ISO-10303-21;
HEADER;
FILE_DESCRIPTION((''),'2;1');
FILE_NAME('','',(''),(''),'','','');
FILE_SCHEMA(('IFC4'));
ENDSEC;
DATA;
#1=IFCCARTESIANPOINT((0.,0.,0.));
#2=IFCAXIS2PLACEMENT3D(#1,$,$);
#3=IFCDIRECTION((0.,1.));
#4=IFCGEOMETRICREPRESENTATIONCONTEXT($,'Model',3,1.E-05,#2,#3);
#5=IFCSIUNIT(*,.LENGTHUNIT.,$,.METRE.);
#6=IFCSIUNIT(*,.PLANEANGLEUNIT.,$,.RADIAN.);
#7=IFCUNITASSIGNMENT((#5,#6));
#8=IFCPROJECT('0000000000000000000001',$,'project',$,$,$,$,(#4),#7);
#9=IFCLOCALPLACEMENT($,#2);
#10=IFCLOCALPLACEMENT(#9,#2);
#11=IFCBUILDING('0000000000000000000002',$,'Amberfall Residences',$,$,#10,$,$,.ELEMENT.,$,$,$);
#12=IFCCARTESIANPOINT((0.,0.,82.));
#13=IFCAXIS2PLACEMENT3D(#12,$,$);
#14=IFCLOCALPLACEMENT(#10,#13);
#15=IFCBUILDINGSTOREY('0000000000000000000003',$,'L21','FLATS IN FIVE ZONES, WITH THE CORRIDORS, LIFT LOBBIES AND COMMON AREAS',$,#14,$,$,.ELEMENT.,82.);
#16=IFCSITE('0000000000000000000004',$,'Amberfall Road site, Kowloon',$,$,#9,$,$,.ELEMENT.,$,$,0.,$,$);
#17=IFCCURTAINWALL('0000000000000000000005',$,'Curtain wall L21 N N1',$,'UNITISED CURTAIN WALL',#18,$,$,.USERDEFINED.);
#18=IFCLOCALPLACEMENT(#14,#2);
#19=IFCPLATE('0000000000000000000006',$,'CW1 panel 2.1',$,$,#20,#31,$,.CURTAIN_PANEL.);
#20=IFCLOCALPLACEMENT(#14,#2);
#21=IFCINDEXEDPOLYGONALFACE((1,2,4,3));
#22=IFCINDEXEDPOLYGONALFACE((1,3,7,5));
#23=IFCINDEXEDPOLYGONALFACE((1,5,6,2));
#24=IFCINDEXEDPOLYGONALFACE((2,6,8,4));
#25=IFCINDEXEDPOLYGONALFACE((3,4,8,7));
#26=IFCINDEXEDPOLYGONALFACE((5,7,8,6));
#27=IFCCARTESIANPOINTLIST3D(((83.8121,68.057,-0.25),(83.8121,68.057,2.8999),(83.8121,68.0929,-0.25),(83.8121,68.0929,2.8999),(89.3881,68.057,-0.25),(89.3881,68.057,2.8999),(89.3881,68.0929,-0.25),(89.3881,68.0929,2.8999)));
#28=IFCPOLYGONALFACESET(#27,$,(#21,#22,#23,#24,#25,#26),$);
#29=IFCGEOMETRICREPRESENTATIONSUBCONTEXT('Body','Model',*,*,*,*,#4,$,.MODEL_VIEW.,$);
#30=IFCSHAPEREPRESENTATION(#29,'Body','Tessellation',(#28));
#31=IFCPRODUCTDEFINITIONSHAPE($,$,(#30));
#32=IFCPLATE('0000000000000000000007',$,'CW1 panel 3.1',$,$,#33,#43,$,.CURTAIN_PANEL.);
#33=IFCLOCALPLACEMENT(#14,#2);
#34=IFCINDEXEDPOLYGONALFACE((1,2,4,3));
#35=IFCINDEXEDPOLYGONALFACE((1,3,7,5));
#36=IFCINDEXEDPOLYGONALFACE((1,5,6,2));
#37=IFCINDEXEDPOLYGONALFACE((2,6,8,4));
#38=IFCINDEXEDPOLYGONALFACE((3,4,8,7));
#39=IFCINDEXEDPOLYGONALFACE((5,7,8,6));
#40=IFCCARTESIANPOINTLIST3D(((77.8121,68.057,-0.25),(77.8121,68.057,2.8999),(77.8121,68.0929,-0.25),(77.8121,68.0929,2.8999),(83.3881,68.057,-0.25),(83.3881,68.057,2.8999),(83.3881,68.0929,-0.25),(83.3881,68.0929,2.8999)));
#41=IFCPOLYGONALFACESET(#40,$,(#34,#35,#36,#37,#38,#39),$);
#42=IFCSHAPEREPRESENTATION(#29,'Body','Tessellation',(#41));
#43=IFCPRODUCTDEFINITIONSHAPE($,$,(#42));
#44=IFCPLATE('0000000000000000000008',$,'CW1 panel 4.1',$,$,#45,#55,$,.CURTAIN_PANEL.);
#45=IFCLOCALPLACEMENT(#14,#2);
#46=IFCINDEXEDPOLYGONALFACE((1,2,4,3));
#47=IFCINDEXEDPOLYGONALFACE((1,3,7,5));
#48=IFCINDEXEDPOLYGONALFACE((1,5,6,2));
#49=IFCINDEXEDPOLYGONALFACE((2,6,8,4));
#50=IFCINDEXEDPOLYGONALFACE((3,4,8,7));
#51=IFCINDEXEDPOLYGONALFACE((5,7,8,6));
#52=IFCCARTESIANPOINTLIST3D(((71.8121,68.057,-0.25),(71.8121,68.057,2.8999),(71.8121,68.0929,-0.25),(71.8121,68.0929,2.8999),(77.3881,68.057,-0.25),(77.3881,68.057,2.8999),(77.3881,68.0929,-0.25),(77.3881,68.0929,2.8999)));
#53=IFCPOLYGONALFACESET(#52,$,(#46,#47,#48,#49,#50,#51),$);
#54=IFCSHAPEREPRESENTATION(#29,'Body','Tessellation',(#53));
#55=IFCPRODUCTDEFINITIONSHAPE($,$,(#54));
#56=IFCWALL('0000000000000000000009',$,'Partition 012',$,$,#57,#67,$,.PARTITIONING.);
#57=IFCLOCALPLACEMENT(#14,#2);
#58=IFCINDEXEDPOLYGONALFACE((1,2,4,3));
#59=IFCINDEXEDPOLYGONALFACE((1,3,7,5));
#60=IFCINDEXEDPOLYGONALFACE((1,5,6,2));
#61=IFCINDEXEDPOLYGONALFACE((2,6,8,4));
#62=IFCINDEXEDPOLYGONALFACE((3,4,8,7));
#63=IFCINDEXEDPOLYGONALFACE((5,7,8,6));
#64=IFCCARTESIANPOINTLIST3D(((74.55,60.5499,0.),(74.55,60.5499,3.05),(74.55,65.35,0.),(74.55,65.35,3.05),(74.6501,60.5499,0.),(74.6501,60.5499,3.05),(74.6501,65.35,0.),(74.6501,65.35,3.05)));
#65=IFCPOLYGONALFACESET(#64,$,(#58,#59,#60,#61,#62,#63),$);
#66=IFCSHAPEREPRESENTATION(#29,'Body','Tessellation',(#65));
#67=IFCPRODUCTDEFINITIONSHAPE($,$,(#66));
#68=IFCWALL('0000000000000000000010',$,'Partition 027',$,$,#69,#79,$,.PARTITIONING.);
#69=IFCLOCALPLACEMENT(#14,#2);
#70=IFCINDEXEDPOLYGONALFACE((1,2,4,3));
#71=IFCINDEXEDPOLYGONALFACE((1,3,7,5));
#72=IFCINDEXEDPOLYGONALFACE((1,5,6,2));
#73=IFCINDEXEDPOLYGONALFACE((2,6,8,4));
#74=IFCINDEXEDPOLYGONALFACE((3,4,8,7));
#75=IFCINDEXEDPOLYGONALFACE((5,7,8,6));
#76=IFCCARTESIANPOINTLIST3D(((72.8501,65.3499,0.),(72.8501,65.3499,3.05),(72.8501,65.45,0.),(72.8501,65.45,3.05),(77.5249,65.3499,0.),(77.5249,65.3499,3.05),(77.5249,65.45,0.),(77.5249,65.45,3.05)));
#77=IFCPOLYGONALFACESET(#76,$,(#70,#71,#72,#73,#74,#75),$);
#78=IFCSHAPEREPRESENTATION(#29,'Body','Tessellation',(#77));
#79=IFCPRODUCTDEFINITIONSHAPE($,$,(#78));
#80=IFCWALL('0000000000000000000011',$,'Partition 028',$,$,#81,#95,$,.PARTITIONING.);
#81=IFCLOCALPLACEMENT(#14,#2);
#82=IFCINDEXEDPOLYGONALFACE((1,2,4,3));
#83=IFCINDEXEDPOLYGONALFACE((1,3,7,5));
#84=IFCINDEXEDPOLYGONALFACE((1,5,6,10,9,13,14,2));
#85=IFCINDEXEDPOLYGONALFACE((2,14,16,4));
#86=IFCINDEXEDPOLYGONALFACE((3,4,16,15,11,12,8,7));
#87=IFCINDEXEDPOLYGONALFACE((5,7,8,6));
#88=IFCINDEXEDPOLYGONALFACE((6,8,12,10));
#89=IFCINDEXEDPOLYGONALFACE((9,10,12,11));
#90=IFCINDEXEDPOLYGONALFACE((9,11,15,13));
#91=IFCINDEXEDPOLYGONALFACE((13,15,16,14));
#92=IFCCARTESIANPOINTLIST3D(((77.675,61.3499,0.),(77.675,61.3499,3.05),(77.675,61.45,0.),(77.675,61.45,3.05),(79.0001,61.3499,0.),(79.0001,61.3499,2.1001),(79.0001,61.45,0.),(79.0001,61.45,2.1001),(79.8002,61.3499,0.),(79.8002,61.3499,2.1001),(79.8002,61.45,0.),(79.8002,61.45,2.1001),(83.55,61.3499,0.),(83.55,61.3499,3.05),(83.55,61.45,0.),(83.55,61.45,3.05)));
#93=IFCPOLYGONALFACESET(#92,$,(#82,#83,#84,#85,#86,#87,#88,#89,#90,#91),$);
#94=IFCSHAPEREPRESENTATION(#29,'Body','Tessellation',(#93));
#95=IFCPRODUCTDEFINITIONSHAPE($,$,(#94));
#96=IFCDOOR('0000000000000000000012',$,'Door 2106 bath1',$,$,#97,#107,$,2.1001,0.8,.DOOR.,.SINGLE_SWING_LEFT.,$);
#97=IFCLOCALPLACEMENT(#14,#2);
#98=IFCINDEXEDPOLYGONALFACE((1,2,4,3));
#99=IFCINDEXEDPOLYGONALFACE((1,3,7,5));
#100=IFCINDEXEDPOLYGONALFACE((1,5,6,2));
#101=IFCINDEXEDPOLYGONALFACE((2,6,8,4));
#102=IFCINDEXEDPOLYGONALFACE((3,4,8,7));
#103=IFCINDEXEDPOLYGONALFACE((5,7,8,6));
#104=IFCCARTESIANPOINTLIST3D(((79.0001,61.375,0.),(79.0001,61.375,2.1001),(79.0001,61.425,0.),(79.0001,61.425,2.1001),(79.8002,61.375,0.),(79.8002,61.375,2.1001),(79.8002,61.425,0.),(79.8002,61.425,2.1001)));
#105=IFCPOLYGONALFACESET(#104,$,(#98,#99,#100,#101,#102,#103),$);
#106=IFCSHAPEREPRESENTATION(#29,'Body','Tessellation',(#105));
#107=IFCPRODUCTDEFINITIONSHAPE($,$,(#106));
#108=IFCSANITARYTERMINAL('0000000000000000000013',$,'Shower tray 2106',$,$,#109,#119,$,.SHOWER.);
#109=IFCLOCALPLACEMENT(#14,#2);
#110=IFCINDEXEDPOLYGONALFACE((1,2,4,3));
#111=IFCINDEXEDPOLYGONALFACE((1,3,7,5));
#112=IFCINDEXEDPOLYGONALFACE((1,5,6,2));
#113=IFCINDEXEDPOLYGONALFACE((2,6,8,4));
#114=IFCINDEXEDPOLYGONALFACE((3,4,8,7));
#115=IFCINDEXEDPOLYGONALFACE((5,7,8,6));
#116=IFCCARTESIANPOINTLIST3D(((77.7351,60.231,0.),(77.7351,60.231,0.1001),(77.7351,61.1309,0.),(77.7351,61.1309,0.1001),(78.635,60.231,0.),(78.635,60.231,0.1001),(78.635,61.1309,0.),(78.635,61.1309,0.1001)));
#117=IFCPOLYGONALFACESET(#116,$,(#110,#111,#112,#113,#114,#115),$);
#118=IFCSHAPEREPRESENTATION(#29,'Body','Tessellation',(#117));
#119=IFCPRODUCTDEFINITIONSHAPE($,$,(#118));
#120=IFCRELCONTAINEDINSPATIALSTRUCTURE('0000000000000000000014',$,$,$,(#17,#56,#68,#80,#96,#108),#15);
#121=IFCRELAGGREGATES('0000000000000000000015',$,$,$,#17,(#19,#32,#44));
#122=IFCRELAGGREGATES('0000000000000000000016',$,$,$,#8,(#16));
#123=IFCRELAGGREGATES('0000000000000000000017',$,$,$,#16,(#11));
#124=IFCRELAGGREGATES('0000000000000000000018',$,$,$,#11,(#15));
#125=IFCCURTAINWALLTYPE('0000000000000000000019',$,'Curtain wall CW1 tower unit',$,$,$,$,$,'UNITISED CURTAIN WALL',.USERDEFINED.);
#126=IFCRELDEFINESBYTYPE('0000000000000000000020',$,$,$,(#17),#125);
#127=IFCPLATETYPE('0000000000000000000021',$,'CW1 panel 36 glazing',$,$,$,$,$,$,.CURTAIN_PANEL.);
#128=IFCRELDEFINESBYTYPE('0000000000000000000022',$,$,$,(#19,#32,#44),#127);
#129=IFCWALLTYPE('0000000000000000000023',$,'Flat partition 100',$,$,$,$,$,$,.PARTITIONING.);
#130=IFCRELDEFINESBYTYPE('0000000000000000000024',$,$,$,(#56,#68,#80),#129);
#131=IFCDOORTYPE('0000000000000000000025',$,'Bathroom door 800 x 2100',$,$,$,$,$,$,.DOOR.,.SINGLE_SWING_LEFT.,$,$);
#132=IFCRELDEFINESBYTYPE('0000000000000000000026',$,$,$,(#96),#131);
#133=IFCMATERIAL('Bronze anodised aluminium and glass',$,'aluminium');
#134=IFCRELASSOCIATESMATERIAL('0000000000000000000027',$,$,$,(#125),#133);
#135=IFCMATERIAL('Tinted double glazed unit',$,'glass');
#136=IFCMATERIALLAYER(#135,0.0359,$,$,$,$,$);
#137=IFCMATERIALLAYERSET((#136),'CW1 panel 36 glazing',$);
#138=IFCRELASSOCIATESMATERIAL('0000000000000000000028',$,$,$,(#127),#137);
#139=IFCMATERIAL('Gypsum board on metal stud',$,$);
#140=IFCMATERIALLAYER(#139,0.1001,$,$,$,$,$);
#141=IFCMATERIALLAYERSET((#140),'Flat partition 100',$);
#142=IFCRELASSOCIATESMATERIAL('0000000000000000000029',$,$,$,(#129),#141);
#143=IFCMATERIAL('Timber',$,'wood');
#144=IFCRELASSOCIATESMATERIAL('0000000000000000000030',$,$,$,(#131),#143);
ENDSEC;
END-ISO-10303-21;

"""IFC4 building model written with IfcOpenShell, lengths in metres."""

from ifc_helpers import new_model, si_unit, direction, frame, frame_2d, origin, origin_2d, place, context, subcontext, project, spatial, rectangle, extrude, material, layer, layer_set, type_object, element, fill, aggregate, save


model = new_model("IFC4")

# Units and contexts
model_context = context("Model", 3, precision=1e-05, world=origin(), true_north=direction((0.0, 1.0)))
body_context = subcontext(model_context, "Body", "Model", "MODEL_VIEW")
ifc_project = project(units=[si_unit("LENGTHUNIT", "METRE"), si_unit("PLANEANGLEUNIT", "RADIAN")], contexts=[model_context])

# Site, building, storey
site_placement = place(None, origin())
site = spatial("IfcSite", under=ifc_project, at=site_placement, Name="Amberfall Road site, Kowloon", CompositionType="ELEMENT", RefElevation=0.0)
building_placement = place(site_placement, origin())
building = spatial("IfcBuilding", under=site, at=building_placement, Name="Amberfall Residences", CompositionType="ELEMENT")
storey_placement = place(building_placement, frame((0.0, 0.0, 82.0)))
storey = spatial("IfcBuildingStorey", under=building, at=storey_placement, Name="L21", Description="FLATS IN FIVE ZONES, WITH THE CORRIDORS, LIFT LOBBIES AND COMMON AREAS", CompositionType="ELEMENT", Elevation=82.0)

# Curtain wall
ifc_material_1 = material(Name="Bronze anodised aluminium and glass", Category="aluminium")
curtain_wall_type = type_object("IfcCurtainWallType", Name="Curtain wall CW1 tower unit", ElementType="UNITISED CURTAIN WALL", PredefinedType="USERDEFINED", material=ifc_material_1)
curtain_wall_placement = place(storey_placement, origin())
curtain_wall = element("IfcCurtainWall", 1, at=curtain_wall_placement, inside=storey, type_object=curtain_wall_type, Name="Curtain wall L21 N N1", ObjectType="UNITISED CURTAIN WALL", PredefinedType="USERDEFINED")

# Plates
ifc_material_2 = material(Name="Tinted double glazed unit", Category="glass")
ifc_layer_1 = layer(ifc_material_2, 0.0359)
ifc_layer_set_1 = layer_set([ifc_layer_1], Name="CW1 panel 36 glazing")
plate_type = type_object("IfcPlateType", Name="CW1 panel 36 glazing", PredefinedType="CURTAIN_PANEL", material=ifc_layer_set_1)
plate_1_placement = place(storey_placement, frame((86.6001, 68.075, -0.25), z_axis=(0.0, 0.0, 1.0), x_axis=(-1.0, 0.0, 0.0)))
plate_1 = element("IfcPlate", 2, at=plate_1_placement, type_object=plate_type, Name="CW1 panel 2.1", PredefinedType="CURTAIN_PANEL", context=body_context, shape_type="SweptSolid", body=[
    extrude(rectangle(XDim=5.5759, YDim=0.0359, at=origin_2d()), origin(), (0.0, 0.0, 1.0), 3.1499),
])
plate_2_placement = place(storey_placement, frame((80.6001, 68.075, -0.25), z_axis=(0.0, 0.0, 1.0), x_axis=(-1.0, 0.0, 0.0)))
plate_2 = element("IfcPlate", 3, at=plate_2_placement, type_object=plate_type, Name="CW1 panel 3.1", PredefinedType="CURTAIN_PANEL", context=body_context, shape_type="SweptSolid", body=[
    extrude(rectangle(XDim=5.5759, YDim=0.0359, at=origin_2d()), origin(), (0.0, 0.0, 1.0), 3.1499),
])
plate_3_placement = place(storey_placement, frame((74.6001, 68.075, -0.25), z_axis=(0.0, 0.0, 1.0), x_axis=(-1.0, 0.0, 0.0)))
plate_3 = element("IfcPlate", 4, at=plate_3_placement, type_object=plate_type, Name="CW1 panel 4.1", PredefinedType="CURTAIN_PANEL", context=body_context, shape_type="SweptSolid", body=[
    extrude(rectangle(XDim=5.5759, YDim=0.0359, at=origin_2d()), origin(), (0.0, 0.0, 1.0), 3.1499),
])
aggregate(curtain_wall, [plate_1, plate_2, plate_3])

# Walls
ifc_material_3 = material(Name="Gypsum board on metal stud")
ifc_layer_2 = layer(ifc_material_3, 0.1001)
ifc_layer_set_2 = layer_set([ifc_layer_2], Name="Flat partition 100")
wall_type = type_object("IfcWallType", Name="Flat partition 100", PredefinedType="PARTITIONING", material=ifc_layer_set_2)
wall_1_placement = place(storey_placement, frame((74.6001, 60.55, 0.0), z_axis=(0.0, 0.0, 1.0), x_axis=(0.0, 1.0, 0.0)))
element("IfcWall", 5, at=wall_1_placement, inside=storey, type_object=wall_type, Name="Partition 012", PredefinedType="PARTITIONING", context=body_context, shape_type="SweptSolid", body=[
    extrude(rectangle(XDim=4.8, YDim=0.1001, at=frame_2d((2.3999, 0.0))), origin(), (0.0, 0.0, 1.0), 3.05),
])
wall_2_placement = place(storey_placement, frame((72.8501, 65.3999, 0.0), z_axis=(0.0, 0.0, 1.0), x_axis=(1.0, 0.0, 0.0)))
element("IfcWall", 6, at=wall_2_placement, inside=storey, type_object=wall_type, Name="Partition 027", PredefinedType="PARTITIONING", context=body_context, shape_type="SweptSolid", body=[
    extrude(rectangle(XDim=4.6748, YDim=0.1001, at=frame_2d((2.3374, 0.0))), origin(), (0.0, 0.0, 1.0), 3.05),
])

# Wall, opening, door
wall_3_placement = place(storey_placement, frame((83.55, 61.3999, 0.0), z_axis=(0.0, 0.0, 1.0), x_axis=(-1.0, 0.0, 0.0)))
wall_3 = element("IfcWall", 7, at=wall_3_placement, inside=storey, type_object=wall_type, Name="Partition 028", PredefinedType="PARTITIONING", context=body_context, shape_type="SweptSolid", body=[
    extrude(rectangle(XDim=5.875, YDim=0.1001, at=frame_2d((2.9375, 0.0))), origin(), (0.0, 0.0, 1.0), 3.05),
])
opening_placement = place(wall_3_placement, frame((3.75, 0.0, 0.0)))
opening = element("IfcOpeningElement", 8, at=opening_placement, cuts=wall_3, PredefinedType="OPENING", context=body_context, shape_type="SweptSolid", body=[
    extrude(rectangle(XDim=0.8, YDim=2.1001, at=frame_2d((0.3999, 1.05))), frame((0.0, 0.0601, 0.0), z_axis=(0.0, -1.0, 0.0), x_axis=(1.0, 0.0, 0.0)), (0.0, 0.0, 1.0), 0.1201),
])
ifc_material_4 = material(Name="Timber", Category="wood")
door_type = type_object("IfcDoorType", Name="Bathroom door 800 x 2100", OperationType="SINGLE_SWING_LEFT", PredefinedType="DOOR", material=ifc_material_4)
door_placement = place(opening_placement, origin())
door = element("IfcDoor", 9, at=door_placement, inside=storey, type_object=door_type, Name="Door 2106 bath1", OperationType="SINGLE_SWING_LEFT", OverallHeight=2.1001, OverallWidth=0.8, PredefinedType="DOOR", context=body_context, shape_type="SweptSolid", body=[
    extrude(rectangle(XDim=0.8, YDim=2.1001, at=frame_2d((0.3999, 1.05))), frame((0.0, 0.0249, 0.0), z_axis=(0.0, -1.0, 0.0), x_axis=(1.0, 0.0, 0.0)), (0.0, 0.0, 1.0), 0.05),
])
fill(opening, door)

# Sanitary terminal
sanitary_terminal_placement = place(storey_placement, frame((78.1851, 60.6809, 0.0), z_axis=(0.0, 0.0, 1.0), x_axis=(1.0, 0.0, 0.0)))
element("IfcSanitaryTerminal", 10, at=sanitary_terminal_placement, inside=storey, Name="Shower tray 2106", PredefinedType="SHOWER", context=body_context, shape_type="SweptSolid", body=[
    extrude(rectangle(XDim=0.8999, YDim=0.8999, at=origin_2d()), origin(), (0.0, 0.0, 1.0), 0.1001),
])

save(model, "model.ifc")
